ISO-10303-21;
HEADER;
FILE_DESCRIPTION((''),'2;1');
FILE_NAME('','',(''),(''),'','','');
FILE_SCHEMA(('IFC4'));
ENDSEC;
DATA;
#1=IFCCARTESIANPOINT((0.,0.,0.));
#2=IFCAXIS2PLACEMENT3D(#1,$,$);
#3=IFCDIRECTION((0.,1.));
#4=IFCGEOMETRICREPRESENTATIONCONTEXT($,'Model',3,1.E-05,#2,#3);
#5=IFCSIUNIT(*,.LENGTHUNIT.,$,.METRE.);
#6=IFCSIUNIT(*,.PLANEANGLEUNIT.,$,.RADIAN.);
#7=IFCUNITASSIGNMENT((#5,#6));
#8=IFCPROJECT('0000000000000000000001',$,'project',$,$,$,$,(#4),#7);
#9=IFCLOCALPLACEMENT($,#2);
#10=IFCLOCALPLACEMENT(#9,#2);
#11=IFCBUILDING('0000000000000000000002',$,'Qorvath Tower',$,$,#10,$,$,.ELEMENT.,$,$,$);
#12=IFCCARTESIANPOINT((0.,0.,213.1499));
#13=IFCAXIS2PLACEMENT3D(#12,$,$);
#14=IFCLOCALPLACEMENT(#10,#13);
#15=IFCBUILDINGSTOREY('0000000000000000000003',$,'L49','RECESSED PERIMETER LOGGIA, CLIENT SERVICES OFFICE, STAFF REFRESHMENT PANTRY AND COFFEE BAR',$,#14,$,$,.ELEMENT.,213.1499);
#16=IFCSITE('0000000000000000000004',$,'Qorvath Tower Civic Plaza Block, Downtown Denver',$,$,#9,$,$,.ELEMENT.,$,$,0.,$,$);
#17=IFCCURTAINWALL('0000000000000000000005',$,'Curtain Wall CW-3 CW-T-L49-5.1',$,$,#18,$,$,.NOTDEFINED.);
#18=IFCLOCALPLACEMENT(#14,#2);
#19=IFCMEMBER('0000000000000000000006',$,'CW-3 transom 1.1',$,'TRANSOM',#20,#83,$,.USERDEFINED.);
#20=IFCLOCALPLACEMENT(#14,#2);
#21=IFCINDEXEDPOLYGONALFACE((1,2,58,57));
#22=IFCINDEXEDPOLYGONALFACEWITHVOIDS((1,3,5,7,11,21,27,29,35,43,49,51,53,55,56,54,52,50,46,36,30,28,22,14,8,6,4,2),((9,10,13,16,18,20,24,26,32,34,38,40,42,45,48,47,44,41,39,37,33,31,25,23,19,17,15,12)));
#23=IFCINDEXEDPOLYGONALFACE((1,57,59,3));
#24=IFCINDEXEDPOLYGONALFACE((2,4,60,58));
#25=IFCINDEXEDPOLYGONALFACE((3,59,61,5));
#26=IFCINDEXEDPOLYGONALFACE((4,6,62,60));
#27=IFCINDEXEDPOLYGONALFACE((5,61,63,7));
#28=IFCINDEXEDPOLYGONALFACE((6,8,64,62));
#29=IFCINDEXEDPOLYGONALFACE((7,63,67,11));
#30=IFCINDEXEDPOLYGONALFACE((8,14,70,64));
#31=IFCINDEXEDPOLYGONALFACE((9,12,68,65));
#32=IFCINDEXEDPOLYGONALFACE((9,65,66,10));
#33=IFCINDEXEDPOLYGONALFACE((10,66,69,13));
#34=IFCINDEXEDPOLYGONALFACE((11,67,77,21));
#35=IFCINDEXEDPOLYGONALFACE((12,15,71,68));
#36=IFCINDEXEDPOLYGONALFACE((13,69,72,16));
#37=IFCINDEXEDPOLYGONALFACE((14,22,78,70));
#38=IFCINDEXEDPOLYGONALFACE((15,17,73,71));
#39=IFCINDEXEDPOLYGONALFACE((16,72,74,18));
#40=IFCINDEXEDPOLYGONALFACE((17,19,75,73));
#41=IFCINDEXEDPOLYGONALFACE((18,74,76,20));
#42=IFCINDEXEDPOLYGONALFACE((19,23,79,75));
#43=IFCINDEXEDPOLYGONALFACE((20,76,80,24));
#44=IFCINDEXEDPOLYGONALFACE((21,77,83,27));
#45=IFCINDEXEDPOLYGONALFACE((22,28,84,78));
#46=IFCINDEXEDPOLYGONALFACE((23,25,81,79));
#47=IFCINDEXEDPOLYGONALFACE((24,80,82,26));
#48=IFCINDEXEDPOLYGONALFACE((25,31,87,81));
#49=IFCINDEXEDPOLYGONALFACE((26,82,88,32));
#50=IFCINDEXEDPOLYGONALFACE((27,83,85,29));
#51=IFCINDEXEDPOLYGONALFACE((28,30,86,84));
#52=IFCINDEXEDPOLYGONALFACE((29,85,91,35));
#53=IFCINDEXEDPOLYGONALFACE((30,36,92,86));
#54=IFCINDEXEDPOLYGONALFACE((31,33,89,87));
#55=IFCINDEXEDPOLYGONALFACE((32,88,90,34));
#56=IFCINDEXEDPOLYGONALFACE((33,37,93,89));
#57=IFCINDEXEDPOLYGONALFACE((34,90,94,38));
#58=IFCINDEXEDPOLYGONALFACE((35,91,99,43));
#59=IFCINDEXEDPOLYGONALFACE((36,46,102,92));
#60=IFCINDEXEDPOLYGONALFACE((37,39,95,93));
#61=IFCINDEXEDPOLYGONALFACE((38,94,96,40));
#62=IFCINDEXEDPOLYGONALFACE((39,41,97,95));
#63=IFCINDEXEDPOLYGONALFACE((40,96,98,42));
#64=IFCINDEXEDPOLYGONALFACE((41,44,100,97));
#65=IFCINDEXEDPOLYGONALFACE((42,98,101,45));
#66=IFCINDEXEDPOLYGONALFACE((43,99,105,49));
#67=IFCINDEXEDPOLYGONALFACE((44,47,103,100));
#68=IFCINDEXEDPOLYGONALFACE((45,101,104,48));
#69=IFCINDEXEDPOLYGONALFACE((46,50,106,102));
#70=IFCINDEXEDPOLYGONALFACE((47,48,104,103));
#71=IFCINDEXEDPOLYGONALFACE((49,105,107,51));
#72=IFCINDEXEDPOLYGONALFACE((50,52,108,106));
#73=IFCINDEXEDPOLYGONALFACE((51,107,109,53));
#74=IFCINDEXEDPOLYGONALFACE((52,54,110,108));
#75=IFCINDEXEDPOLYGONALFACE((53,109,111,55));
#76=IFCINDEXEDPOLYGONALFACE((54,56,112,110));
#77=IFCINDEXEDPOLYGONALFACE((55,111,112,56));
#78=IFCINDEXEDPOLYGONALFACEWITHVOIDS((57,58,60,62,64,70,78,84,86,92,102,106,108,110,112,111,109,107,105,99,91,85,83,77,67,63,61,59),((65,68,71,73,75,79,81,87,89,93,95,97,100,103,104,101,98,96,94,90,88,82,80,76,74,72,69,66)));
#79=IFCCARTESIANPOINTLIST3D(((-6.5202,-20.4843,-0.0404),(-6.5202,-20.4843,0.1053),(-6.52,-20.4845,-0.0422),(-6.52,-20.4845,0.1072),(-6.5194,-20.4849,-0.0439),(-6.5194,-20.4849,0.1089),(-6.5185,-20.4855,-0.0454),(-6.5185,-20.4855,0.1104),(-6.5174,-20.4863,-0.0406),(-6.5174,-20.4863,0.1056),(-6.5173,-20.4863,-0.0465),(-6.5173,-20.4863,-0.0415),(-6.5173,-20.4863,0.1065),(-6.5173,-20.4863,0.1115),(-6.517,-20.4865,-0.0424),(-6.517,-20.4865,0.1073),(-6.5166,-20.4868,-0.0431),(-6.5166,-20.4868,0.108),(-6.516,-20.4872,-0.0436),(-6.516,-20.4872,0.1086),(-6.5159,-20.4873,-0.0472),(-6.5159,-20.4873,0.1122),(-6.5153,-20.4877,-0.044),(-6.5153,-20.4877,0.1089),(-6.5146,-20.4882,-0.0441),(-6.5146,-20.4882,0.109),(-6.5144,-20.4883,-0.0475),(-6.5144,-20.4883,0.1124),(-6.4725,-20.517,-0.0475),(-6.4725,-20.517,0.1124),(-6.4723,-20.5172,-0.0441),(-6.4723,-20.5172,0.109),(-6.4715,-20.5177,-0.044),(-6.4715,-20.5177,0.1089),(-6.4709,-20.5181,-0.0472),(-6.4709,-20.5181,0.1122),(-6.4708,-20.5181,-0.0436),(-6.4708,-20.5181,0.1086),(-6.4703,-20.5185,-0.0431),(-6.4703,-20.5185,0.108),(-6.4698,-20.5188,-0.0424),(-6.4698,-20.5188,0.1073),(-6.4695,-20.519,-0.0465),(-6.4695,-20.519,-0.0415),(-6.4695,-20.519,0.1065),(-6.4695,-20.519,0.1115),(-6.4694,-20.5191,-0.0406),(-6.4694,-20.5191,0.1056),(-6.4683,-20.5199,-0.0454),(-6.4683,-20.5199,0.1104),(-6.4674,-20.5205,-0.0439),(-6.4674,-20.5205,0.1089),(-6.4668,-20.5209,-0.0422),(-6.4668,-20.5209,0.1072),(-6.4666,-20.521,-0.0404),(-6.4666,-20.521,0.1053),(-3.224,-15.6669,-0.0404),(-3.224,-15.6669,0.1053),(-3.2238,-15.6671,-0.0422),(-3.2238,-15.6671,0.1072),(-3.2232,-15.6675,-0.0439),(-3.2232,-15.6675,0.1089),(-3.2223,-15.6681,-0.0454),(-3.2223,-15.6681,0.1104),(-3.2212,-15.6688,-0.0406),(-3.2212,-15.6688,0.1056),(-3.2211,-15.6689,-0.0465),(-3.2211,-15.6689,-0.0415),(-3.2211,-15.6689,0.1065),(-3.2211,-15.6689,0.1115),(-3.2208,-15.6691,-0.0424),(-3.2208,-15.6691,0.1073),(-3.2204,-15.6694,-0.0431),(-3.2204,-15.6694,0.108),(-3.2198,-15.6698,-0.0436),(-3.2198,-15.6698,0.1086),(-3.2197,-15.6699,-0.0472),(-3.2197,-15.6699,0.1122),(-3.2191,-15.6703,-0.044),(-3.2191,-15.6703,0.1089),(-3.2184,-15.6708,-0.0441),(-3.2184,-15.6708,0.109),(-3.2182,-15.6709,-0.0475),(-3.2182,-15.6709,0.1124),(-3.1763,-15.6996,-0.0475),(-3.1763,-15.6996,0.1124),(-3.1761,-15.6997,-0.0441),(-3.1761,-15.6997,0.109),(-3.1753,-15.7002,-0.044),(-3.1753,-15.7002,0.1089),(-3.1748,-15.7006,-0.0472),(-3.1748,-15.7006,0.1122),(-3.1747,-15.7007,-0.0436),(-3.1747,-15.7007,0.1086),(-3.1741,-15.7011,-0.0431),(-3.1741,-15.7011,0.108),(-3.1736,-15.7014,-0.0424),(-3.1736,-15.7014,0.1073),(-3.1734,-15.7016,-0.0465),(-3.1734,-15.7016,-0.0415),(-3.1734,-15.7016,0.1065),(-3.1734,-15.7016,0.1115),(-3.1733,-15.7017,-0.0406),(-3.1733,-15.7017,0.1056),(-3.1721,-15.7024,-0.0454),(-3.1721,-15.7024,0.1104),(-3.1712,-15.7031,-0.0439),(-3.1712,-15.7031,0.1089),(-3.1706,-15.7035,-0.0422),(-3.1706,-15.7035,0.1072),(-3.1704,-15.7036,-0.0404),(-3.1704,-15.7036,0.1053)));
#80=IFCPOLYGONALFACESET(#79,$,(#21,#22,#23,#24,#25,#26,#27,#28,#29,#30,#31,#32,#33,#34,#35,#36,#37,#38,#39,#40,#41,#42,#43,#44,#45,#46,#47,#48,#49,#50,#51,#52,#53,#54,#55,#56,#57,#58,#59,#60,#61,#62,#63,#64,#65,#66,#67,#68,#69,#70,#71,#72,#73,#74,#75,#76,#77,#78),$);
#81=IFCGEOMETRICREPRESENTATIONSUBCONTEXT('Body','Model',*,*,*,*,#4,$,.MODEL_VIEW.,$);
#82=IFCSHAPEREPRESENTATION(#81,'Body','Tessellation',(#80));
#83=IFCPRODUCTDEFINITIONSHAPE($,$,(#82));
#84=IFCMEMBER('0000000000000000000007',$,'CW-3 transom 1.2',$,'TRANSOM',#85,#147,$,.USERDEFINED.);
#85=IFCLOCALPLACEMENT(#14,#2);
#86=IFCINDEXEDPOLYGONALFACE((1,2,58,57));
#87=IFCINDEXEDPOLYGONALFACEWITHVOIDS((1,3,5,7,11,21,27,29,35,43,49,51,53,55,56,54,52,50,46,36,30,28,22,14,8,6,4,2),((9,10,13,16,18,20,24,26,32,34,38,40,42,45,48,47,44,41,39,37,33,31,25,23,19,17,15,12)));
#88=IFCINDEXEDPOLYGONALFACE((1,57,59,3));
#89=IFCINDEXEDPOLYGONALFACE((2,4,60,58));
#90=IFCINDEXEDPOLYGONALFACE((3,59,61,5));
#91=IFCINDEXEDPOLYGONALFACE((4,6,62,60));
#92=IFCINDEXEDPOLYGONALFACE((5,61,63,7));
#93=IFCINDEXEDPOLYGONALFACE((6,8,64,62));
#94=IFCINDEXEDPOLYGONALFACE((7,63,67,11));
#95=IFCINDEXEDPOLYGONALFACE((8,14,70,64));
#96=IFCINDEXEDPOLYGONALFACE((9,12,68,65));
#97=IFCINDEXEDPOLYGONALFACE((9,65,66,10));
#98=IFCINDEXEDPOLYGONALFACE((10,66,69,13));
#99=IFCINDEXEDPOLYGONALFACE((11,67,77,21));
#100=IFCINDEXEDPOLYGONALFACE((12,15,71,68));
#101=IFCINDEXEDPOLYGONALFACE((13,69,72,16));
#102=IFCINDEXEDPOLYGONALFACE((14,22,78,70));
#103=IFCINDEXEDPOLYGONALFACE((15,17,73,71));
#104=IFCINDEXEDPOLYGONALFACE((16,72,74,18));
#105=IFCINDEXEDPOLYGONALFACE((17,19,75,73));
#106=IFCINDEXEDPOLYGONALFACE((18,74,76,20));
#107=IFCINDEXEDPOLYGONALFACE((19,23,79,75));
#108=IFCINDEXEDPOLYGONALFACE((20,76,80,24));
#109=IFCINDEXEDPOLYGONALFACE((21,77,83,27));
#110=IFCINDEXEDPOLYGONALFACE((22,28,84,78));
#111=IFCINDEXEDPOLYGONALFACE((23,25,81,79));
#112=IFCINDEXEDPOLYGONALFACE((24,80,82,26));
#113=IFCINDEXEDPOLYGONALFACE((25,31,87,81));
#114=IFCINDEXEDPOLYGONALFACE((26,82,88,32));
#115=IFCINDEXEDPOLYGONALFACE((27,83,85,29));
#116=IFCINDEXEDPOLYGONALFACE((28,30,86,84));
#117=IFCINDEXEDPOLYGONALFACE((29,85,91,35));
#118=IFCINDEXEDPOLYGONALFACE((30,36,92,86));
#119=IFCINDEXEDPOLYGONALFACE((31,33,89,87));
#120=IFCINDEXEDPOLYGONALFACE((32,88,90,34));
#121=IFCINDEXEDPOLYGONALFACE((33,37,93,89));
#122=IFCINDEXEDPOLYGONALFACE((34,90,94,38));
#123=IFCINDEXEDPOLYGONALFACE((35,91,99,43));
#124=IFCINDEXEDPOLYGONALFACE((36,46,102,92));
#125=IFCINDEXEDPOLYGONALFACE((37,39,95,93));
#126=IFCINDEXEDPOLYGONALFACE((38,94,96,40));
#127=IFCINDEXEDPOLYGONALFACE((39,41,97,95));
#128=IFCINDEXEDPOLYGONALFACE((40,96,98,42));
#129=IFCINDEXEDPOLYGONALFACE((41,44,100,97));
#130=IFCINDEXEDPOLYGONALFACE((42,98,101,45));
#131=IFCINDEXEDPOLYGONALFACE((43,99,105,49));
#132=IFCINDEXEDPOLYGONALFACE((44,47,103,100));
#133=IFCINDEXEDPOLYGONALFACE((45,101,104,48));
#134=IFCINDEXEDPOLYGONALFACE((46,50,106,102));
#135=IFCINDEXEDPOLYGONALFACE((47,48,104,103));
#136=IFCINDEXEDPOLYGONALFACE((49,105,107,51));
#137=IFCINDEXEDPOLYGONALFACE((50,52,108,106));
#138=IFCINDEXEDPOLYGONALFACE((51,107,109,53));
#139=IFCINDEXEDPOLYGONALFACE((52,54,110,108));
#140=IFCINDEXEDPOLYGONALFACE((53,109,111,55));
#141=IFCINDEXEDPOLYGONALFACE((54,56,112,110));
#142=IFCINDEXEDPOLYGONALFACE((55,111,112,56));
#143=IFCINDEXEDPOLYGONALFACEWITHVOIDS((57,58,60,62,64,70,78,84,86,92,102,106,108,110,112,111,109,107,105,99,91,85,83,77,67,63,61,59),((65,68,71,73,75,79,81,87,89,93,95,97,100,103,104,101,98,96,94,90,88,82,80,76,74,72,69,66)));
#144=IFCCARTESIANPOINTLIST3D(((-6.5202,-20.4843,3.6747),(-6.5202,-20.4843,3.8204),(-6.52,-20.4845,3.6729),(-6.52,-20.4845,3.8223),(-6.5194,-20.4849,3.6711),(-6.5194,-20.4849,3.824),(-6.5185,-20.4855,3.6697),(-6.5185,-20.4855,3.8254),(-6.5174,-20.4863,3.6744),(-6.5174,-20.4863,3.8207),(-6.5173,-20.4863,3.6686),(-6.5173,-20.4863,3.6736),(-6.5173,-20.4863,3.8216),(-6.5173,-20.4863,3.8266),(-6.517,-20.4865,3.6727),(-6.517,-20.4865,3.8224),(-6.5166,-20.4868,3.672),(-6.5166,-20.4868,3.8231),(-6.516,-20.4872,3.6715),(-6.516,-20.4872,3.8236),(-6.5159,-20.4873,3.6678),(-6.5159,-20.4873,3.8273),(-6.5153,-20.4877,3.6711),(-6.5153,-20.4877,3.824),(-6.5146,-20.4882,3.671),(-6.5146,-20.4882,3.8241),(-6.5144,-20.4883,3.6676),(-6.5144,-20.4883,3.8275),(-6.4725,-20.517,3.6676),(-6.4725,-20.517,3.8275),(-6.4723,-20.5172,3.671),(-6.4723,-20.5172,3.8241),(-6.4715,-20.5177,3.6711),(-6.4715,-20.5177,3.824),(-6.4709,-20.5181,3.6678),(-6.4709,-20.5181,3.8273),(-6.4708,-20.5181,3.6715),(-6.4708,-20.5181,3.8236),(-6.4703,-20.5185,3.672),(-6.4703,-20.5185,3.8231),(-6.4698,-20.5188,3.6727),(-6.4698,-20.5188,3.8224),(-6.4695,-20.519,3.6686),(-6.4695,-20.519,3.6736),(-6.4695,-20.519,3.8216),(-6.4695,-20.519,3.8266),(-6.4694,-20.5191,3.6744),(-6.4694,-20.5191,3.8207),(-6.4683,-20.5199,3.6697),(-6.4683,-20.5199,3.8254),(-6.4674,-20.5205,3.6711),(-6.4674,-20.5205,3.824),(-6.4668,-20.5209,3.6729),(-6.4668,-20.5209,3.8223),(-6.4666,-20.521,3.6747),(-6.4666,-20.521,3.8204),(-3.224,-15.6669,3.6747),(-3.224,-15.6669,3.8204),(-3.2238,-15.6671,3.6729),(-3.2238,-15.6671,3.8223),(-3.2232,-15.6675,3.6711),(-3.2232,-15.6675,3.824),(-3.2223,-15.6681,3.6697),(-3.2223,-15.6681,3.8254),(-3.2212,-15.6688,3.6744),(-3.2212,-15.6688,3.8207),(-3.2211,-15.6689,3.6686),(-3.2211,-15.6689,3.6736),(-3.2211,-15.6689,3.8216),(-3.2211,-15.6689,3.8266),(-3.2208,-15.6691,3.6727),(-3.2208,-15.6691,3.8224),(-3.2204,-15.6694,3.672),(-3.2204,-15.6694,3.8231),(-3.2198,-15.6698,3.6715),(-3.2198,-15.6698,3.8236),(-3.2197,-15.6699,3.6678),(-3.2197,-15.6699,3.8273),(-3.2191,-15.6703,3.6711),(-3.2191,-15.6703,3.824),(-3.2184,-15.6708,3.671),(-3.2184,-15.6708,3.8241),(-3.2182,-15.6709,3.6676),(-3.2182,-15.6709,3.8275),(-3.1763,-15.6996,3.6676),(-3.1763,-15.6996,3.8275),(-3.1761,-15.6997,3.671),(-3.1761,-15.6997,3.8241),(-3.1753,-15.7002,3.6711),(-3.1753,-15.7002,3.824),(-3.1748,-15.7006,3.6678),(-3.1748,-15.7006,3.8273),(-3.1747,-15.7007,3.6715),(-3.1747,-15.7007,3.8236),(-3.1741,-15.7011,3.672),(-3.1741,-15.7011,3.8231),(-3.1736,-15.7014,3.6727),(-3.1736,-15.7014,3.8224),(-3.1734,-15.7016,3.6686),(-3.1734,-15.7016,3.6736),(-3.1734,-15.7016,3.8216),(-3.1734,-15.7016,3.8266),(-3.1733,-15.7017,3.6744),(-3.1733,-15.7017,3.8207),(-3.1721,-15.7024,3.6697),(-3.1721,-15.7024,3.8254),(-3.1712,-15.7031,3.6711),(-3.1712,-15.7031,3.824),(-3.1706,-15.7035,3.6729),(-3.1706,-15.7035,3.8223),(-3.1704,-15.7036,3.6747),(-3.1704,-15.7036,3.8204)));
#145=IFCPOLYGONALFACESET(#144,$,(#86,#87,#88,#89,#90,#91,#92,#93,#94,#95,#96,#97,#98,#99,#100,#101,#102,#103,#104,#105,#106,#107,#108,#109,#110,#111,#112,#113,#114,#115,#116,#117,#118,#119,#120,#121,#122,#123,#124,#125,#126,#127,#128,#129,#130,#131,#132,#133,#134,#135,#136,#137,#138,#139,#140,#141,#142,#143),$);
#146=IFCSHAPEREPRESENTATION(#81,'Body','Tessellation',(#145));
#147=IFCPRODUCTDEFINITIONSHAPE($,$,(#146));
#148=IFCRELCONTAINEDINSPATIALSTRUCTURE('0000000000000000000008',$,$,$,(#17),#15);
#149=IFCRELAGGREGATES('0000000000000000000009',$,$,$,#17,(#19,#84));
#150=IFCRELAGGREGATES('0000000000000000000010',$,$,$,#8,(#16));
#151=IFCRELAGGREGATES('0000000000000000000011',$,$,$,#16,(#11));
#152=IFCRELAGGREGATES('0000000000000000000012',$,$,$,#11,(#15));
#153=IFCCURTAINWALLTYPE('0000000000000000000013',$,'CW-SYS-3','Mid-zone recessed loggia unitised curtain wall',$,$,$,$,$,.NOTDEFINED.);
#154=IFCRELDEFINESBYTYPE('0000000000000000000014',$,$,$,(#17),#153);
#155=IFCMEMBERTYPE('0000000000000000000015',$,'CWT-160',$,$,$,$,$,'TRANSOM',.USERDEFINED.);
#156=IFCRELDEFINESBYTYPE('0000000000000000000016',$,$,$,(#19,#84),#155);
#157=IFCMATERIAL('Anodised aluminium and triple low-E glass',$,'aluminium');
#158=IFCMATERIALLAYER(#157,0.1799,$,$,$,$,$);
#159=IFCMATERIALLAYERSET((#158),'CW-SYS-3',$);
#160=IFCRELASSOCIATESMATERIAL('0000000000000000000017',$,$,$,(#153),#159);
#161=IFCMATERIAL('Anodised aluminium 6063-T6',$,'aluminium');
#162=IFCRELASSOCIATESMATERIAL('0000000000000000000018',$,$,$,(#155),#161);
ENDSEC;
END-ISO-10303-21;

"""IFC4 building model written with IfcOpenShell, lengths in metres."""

from ifc_helpers import new_model, si_unit, direction, frame, origin, origin_2d, place, context, subcontext, project, spatial, hollow_rectangle, extrude, material, layer, layer_set, material_profile, profile_set, type_object, element, aggregate, save


model = new_model("IFC4")

# Units and contexts
model_context = context("Model", 3, precision=1e-05, world=origin(), true_north=direction((0.0, 1.0)))
body_context = subcontext(model_context, "Body", "Model", "MODEL_VIEW")
ifc_project = project(units=[si_unit("LENGTHUNIT", "METRE"), si_unit("PLANEANGLEUNIT", "RADIAN")], contexts=[model_context])

# Site, building, storey
site_placement = place(None, origin())
site = spatial("IfcSite", under=ifc_project, at=site_placement, Name="Qorvath Tower Civic Plaza Block, Downtown Denver", CompositionType="ELEMENT", RefElevation=0.0)
building_placement = place(site_placement, origin())
building = spatial("IfcBuilding", under=site, at=building_placement, Name="Qorvath Tower", CompositionType="ELEMENT")
storey_placement = place(building_placement, frame((0.0, 0.0, 213.1499)))
storey = spatial("IfcBuildingStorey", under=building, at=storey_placement, Name="L49", Description="RECESSED PERIMETER LOGGIA, CLIENT SERVICES OFFICE, STAFF REFRESHMENT PANTRY AND COFFEE BAR", CompositionType="ELEMENT", Elevation=213.1499)

# Shared definitions
ifc_material_1 = material(Name="Anodised aluminium and triple low-E glass", Category="aluminium")
ifc_layer_1 = layer(ifc_material_1, 0.1799)
ifc_layer_set_1 = layer_set([ifc_layer_1], Name="CW-SYS-3")
curtain_wall_type = type_object("IfcCurtainWallType", Name="CW-SYS-3", Description="Mid-zone recessed loggia unitised curtain wall", PredefinedType="NOTDEFINED", material=ifc_layer_set_1)

# Curtain wall
curtain_wall_1_placement = place(storey_placement, origin())
curtain_wall_1 = element("IfcCurtainWall", 1, at=curtain_wall_1_placement, inside=storey, type_object=curtain_wall_type, Name="Curtain Wall CW-3 CW-T-L49-5.1", PredefinedType="NOTDEFINED")

# Members
ifc_material_2 = material(Name="Anodised aluminium 6063-T6", Category="aluminium")
ifc_material_profile_1 = material_profile(ifc_material_2, hollow_rectangle(XDim=0.0649, YDim=0.1599, WallThickness=0.0034, InnerFilletRadius=0.0034, OuterFilletRadius=0.0071, at=origin_2d()), Name="CWT 160x65")
ifc_profile_set_1 = profile_set([ifc_material_profile_1], Name="Anodised aluminium 6063-T6")
member_type_1 = type_object("IfcMemberType", Name="CWT-160", ElementType="TRANSOM", PredefinedType="USERDEFINED", material=ifc_profile_set_1)
member_1_placement = place(storey_placement, frame((-6.4934, -20.5027, 0.0325), z_axis=(0.564688, 0.825304, 0.0), x_axis=(-0.825304, 0.564688, 0.0)))
member_1 = element("IfcMember", 2, at=member_1_placement, type_object=member_type_1, Name="CW-3 transom 1.1", ObjectType="TRANSOM", PredefinedType="USERDEFINED", context=body_context, shape_type="SweptSolid", body=[
    extrude(hollow_rectangle(XDim=0.0649, YDim=0.1599, WallThickness=0.0034, InnerFilletRadius=0.0034, OuterFilletRadius=0.0071, at=origin_2d()), origin(), (0.0, 0.0, 1.0), 5.8372),
])
member_2_placement = place(storey_placement, frame((-6.4934, -20.5027, 3.7476), z_axis=(0.564688, 0.825304, 0.0), x_axis=(-0.825304, 0.564688, 0.0)))
member_2 = element("IfcMember", 3, at=member_2_placement, type_object=member_type_1, Name="CW-3 transom 1.2", ObjectType="TRANSOM", PredefinedType="USERDEFINED", context=body_context, shape_type="SweptSolid", body=[
    extrude(hollow_rectangle(XDim=0.0649, YDim=0.1599, WallThickness=0.0034, InnerFilletRadius=0.0034, OuterFilletRadius=0.0071, at=origin_2d()), origin(), (0.0, 0.0, 1.0), 5.8372),
])

aggregate(curtain_wall_1, [member_1, member_2])

save(model, "model.ifc")
